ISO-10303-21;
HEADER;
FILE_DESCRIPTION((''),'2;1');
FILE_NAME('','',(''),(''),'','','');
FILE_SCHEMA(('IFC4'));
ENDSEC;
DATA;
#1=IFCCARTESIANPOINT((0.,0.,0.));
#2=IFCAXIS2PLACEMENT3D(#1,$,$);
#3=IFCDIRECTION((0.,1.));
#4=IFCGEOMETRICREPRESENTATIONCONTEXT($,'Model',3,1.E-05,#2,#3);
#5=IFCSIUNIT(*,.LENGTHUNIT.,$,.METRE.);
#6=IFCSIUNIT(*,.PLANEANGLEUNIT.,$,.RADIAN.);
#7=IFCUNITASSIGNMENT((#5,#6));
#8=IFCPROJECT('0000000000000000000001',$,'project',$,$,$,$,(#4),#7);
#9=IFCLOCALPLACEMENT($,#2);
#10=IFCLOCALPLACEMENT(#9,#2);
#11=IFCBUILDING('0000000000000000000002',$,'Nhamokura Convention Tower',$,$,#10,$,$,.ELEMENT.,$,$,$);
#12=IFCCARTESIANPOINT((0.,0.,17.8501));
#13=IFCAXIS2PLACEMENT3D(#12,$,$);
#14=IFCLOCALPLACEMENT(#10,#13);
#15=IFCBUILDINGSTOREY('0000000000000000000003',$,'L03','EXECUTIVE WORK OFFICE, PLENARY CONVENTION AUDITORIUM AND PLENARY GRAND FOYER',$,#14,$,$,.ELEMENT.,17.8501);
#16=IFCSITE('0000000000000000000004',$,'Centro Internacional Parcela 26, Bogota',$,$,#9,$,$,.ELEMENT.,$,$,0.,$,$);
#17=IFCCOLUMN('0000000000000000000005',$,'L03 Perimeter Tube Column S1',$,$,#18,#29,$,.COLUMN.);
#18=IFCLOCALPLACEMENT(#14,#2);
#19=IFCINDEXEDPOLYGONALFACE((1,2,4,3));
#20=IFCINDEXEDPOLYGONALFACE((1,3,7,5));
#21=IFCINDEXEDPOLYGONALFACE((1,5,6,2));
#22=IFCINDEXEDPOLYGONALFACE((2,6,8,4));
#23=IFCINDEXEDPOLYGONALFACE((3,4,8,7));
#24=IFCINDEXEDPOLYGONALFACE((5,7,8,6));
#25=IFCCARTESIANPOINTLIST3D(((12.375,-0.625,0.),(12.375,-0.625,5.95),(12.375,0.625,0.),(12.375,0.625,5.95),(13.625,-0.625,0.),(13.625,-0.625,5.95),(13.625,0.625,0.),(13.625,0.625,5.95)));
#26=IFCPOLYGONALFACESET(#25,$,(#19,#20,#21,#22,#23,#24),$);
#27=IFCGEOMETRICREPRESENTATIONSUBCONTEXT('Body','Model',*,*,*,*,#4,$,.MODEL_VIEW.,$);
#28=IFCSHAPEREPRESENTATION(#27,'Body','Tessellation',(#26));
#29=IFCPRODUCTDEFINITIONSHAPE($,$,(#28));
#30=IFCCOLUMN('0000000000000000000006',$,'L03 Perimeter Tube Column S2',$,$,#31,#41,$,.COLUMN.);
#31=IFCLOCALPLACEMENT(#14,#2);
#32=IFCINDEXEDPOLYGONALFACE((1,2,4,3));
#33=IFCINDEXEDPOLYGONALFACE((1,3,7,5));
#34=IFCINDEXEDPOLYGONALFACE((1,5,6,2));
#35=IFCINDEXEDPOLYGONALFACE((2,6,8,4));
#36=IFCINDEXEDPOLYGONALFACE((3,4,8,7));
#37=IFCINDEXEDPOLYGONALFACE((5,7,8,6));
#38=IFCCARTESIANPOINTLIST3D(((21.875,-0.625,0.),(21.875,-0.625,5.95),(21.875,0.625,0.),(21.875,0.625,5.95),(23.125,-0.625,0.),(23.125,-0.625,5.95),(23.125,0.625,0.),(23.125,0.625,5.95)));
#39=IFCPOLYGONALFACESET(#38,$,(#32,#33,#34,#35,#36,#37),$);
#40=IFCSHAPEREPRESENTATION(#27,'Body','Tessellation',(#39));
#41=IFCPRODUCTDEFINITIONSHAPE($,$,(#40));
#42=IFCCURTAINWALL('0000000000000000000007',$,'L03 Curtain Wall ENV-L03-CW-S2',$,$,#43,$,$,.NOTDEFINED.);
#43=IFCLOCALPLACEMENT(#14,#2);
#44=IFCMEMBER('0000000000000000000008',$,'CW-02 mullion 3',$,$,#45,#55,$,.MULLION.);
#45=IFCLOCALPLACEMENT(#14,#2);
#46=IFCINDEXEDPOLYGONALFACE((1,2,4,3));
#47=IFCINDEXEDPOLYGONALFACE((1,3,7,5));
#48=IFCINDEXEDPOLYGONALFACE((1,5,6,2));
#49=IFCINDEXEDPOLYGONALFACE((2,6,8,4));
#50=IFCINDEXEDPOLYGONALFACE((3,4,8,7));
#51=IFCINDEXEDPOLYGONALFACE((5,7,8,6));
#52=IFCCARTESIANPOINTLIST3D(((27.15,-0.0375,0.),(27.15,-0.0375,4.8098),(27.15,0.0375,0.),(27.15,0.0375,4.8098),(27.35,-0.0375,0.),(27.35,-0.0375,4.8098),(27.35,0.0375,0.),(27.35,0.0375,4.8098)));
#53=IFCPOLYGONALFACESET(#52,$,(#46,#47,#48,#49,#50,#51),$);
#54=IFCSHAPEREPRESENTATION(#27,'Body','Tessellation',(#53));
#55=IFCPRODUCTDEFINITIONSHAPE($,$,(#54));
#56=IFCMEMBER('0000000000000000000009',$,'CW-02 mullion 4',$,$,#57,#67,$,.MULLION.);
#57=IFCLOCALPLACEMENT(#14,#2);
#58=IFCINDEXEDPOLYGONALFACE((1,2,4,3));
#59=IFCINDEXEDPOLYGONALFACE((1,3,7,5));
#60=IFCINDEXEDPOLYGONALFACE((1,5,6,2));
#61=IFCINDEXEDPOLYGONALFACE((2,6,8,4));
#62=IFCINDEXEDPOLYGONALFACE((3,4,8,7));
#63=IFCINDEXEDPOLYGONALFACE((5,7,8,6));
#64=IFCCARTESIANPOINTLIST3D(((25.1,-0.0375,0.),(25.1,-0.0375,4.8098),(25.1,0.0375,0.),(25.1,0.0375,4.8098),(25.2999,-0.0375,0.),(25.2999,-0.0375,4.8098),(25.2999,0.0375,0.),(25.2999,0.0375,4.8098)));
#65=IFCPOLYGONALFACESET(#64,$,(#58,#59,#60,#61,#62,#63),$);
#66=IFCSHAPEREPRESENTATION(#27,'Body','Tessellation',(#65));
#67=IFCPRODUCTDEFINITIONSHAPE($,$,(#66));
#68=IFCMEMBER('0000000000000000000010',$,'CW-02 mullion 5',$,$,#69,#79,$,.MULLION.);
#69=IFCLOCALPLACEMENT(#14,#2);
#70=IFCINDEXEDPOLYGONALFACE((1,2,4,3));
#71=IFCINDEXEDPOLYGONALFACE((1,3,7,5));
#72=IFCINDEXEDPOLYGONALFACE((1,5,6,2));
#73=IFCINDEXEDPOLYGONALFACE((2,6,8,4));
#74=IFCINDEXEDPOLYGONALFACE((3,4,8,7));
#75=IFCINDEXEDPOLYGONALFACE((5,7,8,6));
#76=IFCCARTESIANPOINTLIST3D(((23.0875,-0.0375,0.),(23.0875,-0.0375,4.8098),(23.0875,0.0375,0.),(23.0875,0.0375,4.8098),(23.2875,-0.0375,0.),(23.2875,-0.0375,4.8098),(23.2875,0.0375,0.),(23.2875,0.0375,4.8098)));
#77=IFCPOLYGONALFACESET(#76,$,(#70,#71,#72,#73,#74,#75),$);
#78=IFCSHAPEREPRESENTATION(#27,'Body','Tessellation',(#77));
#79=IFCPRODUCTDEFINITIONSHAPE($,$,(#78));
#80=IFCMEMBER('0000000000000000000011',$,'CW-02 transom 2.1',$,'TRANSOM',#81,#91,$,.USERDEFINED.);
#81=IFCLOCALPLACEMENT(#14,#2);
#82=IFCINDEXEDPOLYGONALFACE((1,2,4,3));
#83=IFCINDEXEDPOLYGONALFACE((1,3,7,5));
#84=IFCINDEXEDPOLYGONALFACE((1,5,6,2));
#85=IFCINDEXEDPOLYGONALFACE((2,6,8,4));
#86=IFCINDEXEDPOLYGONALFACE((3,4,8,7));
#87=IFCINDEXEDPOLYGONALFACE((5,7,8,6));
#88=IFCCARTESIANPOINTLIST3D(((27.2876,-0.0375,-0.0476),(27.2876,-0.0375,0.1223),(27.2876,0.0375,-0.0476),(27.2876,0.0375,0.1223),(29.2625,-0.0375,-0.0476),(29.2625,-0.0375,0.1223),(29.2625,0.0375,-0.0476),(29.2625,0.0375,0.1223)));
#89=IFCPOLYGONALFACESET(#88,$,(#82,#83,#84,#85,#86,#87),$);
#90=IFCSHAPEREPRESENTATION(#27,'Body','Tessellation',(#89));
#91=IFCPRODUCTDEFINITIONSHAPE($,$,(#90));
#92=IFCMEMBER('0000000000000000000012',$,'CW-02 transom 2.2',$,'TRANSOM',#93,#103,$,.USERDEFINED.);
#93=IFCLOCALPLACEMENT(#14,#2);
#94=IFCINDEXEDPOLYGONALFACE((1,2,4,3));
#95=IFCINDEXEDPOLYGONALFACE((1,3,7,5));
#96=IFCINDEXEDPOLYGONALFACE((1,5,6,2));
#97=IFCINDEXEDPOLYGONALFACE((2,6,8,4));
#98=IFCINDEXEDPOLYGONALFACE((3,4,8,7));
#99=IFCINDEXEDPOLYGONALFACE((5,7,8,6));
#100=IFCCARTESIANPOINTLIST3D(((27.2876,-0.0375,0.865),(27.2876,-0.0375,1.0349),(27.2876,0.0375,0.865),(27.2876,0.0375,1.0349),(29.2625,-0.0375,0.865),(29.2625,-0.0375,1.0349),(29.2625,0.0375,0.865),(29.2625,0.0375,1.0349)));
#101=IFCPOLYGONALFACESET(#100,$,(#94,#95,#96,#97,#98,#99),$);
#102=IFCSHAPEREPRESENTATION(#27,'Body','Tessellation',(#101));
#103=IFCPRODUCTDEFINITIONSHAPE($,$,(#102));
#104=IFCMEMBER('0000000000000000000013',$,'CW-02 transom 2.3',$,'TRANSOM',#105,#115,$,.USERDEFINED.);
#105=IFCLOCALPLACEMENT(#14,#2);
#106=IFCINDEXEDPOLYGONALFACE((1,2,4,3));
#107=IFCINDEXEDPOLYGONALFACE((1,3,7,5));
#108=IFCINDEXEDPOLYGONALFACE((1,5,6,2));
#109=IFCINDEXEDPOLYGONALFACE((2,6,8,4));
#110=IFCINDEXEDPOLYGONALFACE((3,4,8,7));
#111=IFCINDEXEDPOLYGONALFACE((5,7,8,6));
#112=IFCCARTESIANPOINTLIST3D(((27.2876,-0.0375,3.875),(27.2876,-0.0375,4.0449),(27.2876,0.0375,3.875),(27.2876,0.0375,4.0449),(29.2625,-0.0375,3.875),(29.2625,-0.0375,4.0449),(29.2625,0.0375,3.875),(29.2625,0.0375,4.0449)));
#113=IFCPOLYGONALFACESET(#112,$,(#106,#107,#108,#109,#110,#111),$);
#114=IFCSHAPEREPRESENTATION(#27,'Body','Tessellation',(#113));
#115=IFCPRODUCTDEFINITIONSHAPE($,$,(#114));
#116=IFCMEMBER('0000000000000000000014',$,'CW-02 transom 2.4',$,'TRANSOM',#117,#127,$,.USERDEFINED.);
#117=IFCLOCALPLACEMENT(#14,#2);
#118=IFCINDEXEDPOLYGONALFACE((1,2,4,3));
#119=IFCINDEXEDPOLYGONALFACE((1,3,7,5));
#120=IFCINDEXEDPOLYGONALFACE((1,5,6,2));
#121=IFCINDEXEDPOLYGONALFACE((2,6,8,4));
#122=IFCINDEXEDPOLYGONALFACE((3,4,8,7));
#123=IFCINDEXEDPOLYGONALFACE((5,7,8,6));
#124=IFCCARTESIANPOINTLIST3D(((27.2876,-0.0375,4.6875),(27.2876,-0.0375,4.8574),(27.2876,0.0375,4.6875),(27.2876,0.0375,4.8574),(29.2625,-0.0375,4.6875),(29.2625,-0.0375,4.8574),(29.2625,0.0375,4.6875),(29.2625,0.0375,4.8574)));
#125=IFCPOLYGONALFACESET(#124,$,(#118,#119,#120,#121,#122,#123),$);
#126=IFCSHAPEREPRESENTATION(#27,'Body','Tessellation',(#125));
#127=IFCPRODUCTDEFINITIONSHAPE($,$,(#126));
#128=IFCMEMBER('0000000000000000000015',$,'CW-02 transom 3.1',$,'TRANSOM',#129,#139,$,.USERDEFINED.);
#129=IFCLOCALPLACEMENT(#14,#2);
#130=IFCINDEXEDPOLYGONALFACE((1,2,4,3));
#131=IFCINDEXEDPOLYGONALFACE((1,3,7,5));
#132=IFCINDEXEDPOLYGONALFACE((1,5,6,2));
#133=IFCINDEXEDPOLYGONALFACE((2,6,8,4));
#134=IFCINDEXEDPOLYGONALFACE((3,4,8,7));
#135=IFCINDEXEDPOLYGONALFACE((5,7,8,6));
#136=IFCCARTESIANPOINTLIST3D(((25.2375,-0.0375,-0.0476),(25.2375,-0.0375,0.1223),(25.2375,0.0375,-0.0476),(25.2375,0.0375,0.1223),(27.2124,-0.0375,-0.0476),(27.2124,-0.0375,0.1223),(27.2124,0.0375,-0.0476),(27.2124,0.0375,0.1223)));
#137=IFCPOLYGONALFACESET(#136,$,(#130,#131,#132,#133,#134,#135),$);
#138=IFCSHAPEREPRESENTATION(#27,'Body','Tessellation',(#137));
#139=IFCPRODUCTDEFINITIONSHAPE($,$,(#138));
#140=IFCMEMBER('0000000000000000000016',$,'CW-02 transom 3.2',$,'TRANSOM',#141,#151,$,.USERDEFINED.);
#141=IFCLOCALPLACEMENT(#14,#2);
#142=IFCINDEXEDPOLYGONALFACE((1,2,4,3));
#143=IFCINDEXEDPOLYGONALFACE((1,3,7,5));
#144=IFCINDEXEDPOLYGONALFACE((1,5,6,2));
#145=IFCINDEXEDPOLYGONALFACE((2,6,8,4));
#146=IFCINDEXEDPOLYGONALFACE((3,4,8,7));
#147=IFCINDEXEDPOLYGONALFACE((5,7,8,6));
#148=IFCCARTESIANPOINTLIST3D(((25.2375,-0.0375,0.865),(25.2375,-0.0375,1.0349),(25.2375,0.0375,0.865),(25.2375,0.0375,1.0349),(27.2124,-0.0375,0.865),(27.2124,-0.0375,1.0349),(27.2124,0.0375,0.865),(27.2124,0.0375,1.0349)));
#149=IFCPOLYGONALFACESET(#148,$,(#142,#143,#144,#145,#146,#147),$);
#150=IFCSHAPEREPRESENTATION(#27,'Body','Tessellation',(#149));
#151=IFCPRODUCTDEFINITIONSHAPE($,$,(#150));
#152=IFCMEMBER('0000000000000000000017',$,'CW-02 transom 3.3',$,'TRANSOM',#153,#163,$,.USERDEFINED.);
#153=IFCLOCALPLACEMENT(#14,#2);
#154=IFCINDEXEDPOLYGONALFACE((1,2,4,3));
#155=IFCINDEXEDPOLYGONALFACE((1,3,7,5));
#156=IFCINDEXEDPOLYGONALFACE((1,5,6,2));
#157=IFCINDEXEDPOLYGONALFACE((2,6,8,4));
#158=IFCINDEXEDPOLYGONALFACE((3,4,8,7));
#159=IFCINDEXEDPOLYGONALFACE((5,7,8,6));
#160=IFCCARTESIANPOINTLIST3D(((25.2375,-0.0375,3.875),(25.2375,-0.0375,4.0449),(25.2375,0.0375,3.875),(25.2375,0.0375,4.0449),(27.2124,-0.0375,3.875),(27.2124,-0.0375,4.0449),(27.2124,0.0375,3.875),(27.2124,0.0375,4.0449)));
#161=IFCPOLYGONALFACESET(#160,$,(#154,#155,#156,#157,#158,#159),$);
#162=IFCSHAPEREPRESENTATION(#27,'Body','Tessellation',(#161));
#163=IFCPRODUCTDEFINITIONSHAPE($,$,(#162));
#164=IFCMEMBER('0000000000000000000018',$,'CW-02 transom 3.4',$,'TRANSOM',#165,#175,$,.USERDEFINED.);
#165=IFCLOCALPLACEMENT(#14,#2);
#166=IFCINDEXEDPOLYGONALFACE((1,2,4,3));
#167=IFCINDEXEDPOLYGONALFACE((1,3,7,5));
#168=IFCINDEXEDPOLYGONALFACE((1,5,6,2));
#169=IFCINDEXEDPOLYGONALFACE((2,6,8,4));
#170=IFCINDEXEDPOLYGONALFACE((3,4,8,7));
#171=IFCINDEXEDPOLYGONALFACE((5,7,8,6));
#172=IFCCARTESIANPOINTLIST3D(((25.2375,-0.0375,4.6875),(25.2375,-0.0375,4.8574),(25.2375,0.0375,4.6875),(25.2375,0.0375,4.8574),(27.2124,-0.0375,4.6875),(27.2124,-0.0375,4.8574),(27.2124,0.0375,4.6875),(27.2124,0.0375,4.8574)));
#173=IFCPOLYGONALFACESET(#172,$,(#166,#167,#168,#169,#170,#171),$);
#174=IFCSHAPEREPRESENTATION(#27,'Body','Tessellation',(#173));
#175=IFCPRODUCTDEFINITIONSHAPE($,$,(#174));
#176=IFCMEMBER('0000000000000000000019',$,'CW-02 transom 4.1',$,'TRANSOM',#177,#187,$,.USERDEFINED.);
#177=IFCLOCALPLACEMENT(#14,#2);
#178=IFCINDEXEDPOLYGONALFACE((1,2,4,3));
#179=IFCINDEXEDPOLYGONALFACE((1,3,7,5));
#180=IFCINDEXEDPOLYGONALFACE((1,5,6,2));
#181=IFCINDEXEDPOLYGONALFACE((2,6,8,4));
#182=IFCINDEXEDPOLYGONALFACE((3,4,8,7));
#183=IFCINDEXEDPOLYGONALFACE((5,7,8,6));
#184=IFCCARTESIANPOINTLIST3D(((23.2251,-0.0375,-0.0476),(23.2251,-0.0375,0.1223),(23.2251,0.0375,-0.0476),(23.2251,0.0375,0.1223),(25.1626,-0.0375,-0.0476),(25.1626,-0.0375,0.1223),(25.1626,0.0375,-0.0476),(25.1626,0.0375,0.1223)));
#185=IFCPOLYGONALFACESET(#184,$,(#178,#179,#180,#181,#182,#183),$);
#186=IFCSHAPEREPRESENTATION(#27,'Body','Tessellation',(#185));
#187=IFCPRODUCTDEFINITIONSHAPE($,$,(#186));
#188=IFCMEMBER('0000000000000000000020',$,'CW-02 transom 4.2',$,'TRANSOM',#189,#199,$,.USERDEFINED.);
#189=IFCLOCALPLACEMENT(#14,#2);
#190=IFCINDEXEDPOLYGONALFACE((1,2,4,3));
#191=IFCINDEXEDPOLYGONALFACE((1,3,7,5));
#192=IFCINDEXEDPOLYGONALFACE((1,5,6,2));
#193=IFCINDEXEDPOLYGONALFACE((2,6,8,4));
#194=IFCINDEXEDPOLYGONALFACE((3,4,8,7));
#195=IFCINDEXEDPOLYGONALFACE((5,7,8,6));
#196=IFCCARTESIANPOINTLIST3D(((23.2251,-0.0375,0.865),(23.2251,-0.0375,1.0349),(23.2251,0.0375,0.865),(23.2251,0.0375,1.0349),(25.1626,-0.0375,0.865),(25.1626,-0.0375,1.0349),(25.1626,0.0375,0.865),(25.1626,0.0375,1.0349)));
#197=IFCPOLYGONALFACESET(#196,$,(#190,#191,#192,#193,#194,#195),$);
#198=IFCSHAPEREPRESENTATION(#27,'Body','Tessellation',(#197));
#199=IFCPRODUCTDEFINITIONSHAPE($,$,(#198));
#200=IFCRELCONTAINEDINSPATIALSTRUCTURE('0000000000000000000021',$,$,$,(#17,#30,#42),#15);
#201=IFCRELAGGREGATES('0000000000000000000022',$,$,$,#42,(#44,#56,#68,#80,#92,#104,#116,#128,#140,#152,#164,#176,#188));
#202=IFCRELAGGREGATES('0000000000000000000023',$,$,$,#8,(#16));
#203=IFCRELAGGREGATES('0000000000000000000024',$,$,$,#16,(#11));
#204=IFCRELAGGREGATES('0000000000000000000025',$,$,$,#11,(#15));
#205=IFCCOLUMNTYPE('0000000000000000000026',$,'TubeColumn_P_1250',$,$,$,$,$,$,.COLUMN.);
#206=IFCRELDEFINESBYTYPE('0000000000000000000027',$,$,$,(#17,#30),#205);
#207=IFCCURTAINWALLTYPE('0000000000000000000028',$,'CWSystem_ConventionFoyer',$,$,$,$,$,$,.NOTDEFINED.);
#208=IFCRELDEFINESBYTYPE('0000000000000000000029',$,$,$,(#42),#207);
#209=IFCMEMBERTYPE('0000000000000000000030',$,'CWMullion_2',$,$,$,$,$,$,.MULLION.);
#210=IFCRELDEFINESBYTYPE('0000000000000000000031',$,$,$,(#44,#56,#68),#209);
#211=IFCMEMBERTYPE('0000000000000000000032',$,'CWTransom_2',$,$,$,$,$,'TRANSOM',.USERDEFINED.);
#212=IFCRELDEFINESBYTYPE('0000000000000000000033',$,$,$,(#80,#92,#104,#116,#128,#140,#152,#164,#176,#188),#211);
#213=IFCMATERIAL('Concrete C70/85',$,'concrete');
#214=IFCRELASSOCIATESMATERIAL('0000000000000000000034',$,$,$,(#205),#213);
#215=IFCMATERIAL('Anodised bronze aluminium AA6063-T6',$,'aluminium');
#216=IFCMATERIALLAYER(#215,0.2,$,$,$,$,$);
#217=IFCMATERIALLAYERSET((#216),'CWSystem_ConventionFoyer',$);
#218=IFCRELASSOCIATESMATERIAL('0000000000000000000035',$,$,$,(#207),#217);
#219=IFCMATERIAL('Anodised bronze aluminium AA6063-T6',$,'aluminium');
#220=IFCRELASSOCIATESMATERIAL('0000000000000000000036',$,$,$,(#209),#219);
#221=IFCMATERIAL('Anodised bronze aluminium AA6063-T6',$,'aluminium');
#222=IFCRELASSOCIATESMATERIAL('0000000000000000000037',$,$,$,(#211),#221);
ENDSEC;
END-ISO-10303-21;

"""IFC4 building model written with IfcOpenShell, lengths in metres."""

from ifc_helpers import new_model, si_unit, direction, frame, origin, origin_2d, place, context, subcontext, project, spatial, rectangle, extrude, material, layer, layer_set, material_profile, profile_set, type_object, element, aggregate, save


model = new_model("IFC4")

# Units and contexts
model_context = context("Model", 3, precision=1e-05, world=origin(), true_north=direction((0.0, 1.0)))
body_context = subcontext(model_context, "Body", "Model", "MODEL_VIEW")
ifc_project = project(units=[si_unit("LENGTHUNIT", "METRE"), si_unit("PLANEANGLEUNIT", "RADIAN")], contexts=[model_context])

# Site, building, storey
site_placement = place(None, origin())
site = spatial("IfcSite", under=ifc_project, at=site_placement, Name="Centro Internacional Parcela 26, Bogota", CompositionType="ELEMENT", RefElevation=0.0)
building_placement = place(site_placement, origin())
building = spatial("IfcBuilding", under=site, at=building_placement, Name="Nhamokura Convention Tower", CompositionType="ELEMENT")
storey_placement = place(building_placement, frame((0.0, 0.0, 17.8501)))
storey = spatial("IfcBuildingStorey", under=building, at=storey_placement, Name="L03", Description="EXECUTIVE WORK OFFICE, PLENARY CONVENTION AUDITORIUM AND PLENARY GRAND FOYER", CompositionType="ELEMENT", Elevation=17.8501)

# Columns
ifc_material_1 = material(Name="Concrete C70/85", Category="concrete")
ifc_material_profile_1 = material_profile(ifc_material_1, rectangle(XDim=1.25, YDim=1.25, at=origin_2d()))
ifc_profile_set_1 = profile_set([ifc_material_profile_1], Name="Concrete C70/85")
column_type = type_object("IfcColumnType", Name="TubeColumn_P_1250", PredefinedType="COLUMN", material=ifc_profile_set_1)
for number, where, z_axis, x_axis, name in (
    (1, (13.0, 0.0, 0.0), (0.0, 0.0, 1.0), (1.0, 0.0, 0.0), "L03 Perimeter Tube Column S1"),
    (2, (22.5, 0.0, 0.0), (0.0, 0.0, 1.0), (1.0, 0.0, 0.0), "L03 Perimeter Tube Column S2"),
):
    element("IfcColumn", number, at=place(storey_placement, frame(where, z_axis=z_axis, x_axis=x_axis)), inside=storey, type_object=column_type, Name=name, PredefinedType="COLUMN", context=body_context, shape_type="SweptSolid", body=[
        extrude(rectangle(XDim=1.25, YDim=1.25, at=origin_2d()), origin(), (0.0, 0.0, 1.0), 5.95),
    ])

# Curtain wall, members
ifc_material_2 = material(Name="Anodised bronze aluminium AA6063-T6", Category="aluminium")
ifc_layer_1 = layer(ifc_material_2, 0.2)
ifc_layer_set_1 = layer_set([ifc_layer_1], Name="CWSystem_ConventionFoyer")
curtain_wall_type = type_object("IfcCurtainWallType", Name="CWSystem_ConventionFoyer", PredefinedType="NOTDEFINED", material=ifc_layer_set_1)
curtain_wall_placement = place(storey_placement, origin())
curtain_wall = element("IfcCurtainWall", 3, at=curtain_wall_placement, inside=storey, type_object=curtain_wall_type, Name="L03 Curtain Wall ENV-L03-CW-S2", PredefinedType="NOTDEFINED")
ifc_material_3 = material(Name="Anodised bronze aluminium AA6063-T6", Category="aluminium")
ifc_material_profile_2 = material_profile(ifc_material_3, rectangle(XDim=0.075, YDim=0.2, at=origin_2d()))
ifc_profile_set_2 = profile_set([ifc_material_profile_2], Name="Anodised bronze aluminium AA6063-T6")
member_type_1 = type_object("IfcMemberType", Name="CWMullion_2", PredefinedType="MULLION", material=ifc_profile_set_2)
member_1_placement = place(storey_placement, frame((27.25, 0.0, 0.0), z_axis=(0.0, 0.0, 1.0), x_axis=(0.0, -1.0, 0.0)))
member_1 = element("IfcMember", 4, at=member_1_placement, type_object=member_type_1, Name="CW-02 mullion 3", PredefinedType="MULLION", context=body_context, shape_type="SweptSolid", body=[
    extrude(rectangle(XDim=0.075, YDim=0.2, at=origin_2d()), origin(), (0.0, 0.0, 1.0), 4.8098),
])
member_2_placement = place(storey_placement, frame((25.2, 0.0, 0.0), z_axis=(0.0, 0.0, 1.0), x_axis=(0.0, -1.0, 0.0)))
member_2 = element("IfcMember", 5, at=member_2_placement, type_object=member_type_1, Name="CW-02 mullion 4", PredefinedType="MULLION", context=body_context, shape_type="SweptSolid", body=[
    extrude(rectangle(XDim=0.075, YDim=0.2, at=origin_2d()), origin(), (0.0, 0.0, 1.0), 4.8098),
])
member_3_placement = place(storey_placement, frame((23.1875, 0.0, 0.0), z_axis=(0.0, 0.0, 1.0), x_axis=(0.0, -1.0, 0.0)))
member_3 = element("IfcMember", 6, at=member_3_placement, type_object=member_type_1, Name="CW-02 mullion 5", PredefinedType="MULLION", context=body_context, shape_type="SweptSolid", body=[
    extrude(rectangle(XDim=0.075, YDim=0.2, at=origin_2d()), origin(), (0.0, 0.0, 1.0), 4.8098),
])
ifc_material_4 = material(Name="Anodised bronze aluminium AA6063-T6", Category="aluminium")
ifc_material_profile_3 = material_profile(ifc_material_4, rectangle(XDim=0.075, YDim=0.1699, at=origin_2d()))
ifc_profile_set_3 = profile_set([ifc_material_profile_3], Name="Anodised bronze aluminium AA6063-T6")
member_type_2 = type_object("IfcMemberType", Name="CWTransom_2", ElementType="TRANSOM", PredefinedType="USERDEFINED", material=ifc_profile_set_3)
member_4_placement = place(storey_placement, frame((29.2625, 0.0, 0.0374), z_axis=(-1.0, 0.0, 0.0), x_axis=(0.0, -1.0, 0.0)))
member_4 = element("IfcMember", 7, at=member_4_placement, type_object=member_type_2, Name="CW-02 transom 2.1", ObjectType="TRANSOM", PredefinedType="USERDEFINED", context=body_context, shape_type="SweptSolid", body=[
    extrude(rectangle(XDim=0.075, YDim=0.1699, at=origin_2d()), origin(), (0.0, 0.0, 1.0), 1.9749),
])
member_5_placement = place(storey_placement, frame((29.2625, 0.0, 0.95), z_axis=(-1.0, 0.0, 0.0), x_axis=(0.0, -1.0, 0.0)))
member_5 = element("IfcMember", 8, at=member_5_placement, type_object=member_type_2, Name="CW-02 transom 2.2", ObjectType="TRANSOM", PredefinedType="USERDEFINED", context=body_context, shape_type="SweptSolid", body=[
    extrude(rectangle(XDim=0.075, YDim=0.1699, at=origin_2d()), origin(), (0.0, 0.0, 1.0), 1.9749),
])
member_6_placement = place(storey_placement, frame((29.2625, 0.0, 3.96), z_axis=(-1.0, 0.0, 0.0), x_axis=(0.0, -1.0, 0.0)))
member_6 = element("IfcMember", 9, at=member_6_placement, type_object=member_type_2, Name="CW-02 transom 2.3", ObjectType="TRANSOM", PredefinedType="USERDEFINED", context=body_context, shape_type="SweptSolid", body=[
    extrude(rectangle(XDim=0.075, YDim=0.1699, at=origin_2d()), origin(), (0.0, 0.0, 1.0), 1.9749),
])
member_7_placement = place(storey_placement, frame((29.2625, 0.0, 4.7725), z_axis=(-1.0, 0.0, 0.0), x_axis=(0.0, -1.0, 0.0)))
member_7 = element("IfcMember", 10, at=member_7_placement, type_object=member_type_2, Name="CW-02 transom 2.4", ObjectType="TRANSOM", PredefinedType="USERDEFINED", context=body_context, shape_type="SweptSolid", body=[
    extrude(rectangle(XDim=0.075, YDim=0.1699, at=origin_2d()), origin(), (0.0, 0.0, 1.0), 1.9749),
])
member_8_placement = place(storey_placement, frame((27.2124, 0.0, 0.0374), z_axis=(-1.0, 0.0, 0.0), x_axis=(0.0, -1.0, 0.0)))
member_8 = element("IfcMember", 11, at=member_8_placement, type_object=member_type_2, Name="CW-02 transom 3.1", ObjectType="TRANSOM", PredefinedType="USERDEFINED", context=body_context, shape_type="SweptSolid", body=[
    extrude(rectangle(XDim=0.075, YDim=0.1699, at=origin_2d()), origin(), (0.0, 0.0, 1.0), 1.9749),
])
member_9_placement = place(storey_placement, frame((27.2124, 0.0, 0.95), z_axis=(-1.0, 0.0, 0.0), x_axis=(0.0, -1.0, 0.0)))
member_9 = element("IfcMember", 12, at=member_9_placement, type_object=member_type_2, Name="CW-02 transom 3.2", ObjectType="TRANSOM", PredefinedType="USERDEFINED", context=body_context, shape_type="SweptSolid", body=[
    extrude(rectangle(XDim=0.075, YDim=0.1699, at=origin_2d()), origin(), (0.0, 0.0, 1.0), 1.9749),
])
member_10_placement = place(storey_placement, frame((27.2124, 0.0, 3.96), z_axis=(-1.0, 0.0, 0.0), x_axis=(0.0, -1.0, 0.0)))
member_10 = element("IfcMember", 13, at=member_10_placement, type_object=member_type_2, Name="CW-02 transom 3.3", ObjectType="TRANSOM", PredefinedType="USERDEFINED", context=body_context, shape_type="SweptSolid", body=[
    extrude(rectangle(XDim=0.075, YDim=0.1699, at=origin_2d()), origin(), (0.0, 0.0, 1.0), 1.9749),
])
member_11_placement = place(storey_placement, frame((27.2124, 0.0, 4.7725), z_axis=(-1.0, 0.0, 0.0), x_axis=(0.0, -1.0, 0.0)))
member_11 = element("IfcMember", 14, at=member_11_placement, type_object=member_type_2, Name="CW-02 transom 3.4", ObjectType="TRANSOM", PredefinedType="USERDEFINED", context=body_context, shape_type="SweptSolid", body=[
    extrude(rectangle(XDim=0.075, YDim=0.1699, at=origin_2d()), origin(), (0.0, 0.0, 1.0), 1.9749),
])
member_12_placement = place(storey_placement, frame((25.1626, 0.0, 0.0374), z_axis=(-1.0, 0.0, 0.0), x_axis=(0.0, -1.0, 0.0)))
member_12 = element("IfcMember", 15, at=member_12_placement, type_object=member_type_2, Name="CW-02 transom 4.1", ObjectType="TRANSOM", PredefinedType="USERDEFINED", context=body_context, shape_type="SweptSolid", body=[
    extrude(rectangle(XDim=0.075, YDim=0.1699, at=origin_2d()), origin(), (0.0, 0.0, 1.0), 1.9375),
])
member_13_placement = place(storey_placement, frame((25.1626, 0.0, 0.95), z_axis=(-1.0, 0.0, 0.0), x_axis=(0.0, -1.0, 0.0)))
member_13 = element("IfcMember", 16, at=member_13_placement, type_object=member_type_2, Name="CW-02 transom 4.2", ObjectType="TRANSOM", PredefinedType="USERDEFINED", context=body_context, shape_type="SweptSolid", body=[
    extrude(rectangle(XDim=0.075, YDim=0.1699, at=origin_2d()), origin(), (0.0, 0.0, 1.0), 1.9375),
])

aggregate(curtain_wall, [member_1, member_2, member_3, member_4, member_5, member_6, member_7, member_8, member_9, member_10, member_11, member_12, member_13])

save(model, "model.ifc")
